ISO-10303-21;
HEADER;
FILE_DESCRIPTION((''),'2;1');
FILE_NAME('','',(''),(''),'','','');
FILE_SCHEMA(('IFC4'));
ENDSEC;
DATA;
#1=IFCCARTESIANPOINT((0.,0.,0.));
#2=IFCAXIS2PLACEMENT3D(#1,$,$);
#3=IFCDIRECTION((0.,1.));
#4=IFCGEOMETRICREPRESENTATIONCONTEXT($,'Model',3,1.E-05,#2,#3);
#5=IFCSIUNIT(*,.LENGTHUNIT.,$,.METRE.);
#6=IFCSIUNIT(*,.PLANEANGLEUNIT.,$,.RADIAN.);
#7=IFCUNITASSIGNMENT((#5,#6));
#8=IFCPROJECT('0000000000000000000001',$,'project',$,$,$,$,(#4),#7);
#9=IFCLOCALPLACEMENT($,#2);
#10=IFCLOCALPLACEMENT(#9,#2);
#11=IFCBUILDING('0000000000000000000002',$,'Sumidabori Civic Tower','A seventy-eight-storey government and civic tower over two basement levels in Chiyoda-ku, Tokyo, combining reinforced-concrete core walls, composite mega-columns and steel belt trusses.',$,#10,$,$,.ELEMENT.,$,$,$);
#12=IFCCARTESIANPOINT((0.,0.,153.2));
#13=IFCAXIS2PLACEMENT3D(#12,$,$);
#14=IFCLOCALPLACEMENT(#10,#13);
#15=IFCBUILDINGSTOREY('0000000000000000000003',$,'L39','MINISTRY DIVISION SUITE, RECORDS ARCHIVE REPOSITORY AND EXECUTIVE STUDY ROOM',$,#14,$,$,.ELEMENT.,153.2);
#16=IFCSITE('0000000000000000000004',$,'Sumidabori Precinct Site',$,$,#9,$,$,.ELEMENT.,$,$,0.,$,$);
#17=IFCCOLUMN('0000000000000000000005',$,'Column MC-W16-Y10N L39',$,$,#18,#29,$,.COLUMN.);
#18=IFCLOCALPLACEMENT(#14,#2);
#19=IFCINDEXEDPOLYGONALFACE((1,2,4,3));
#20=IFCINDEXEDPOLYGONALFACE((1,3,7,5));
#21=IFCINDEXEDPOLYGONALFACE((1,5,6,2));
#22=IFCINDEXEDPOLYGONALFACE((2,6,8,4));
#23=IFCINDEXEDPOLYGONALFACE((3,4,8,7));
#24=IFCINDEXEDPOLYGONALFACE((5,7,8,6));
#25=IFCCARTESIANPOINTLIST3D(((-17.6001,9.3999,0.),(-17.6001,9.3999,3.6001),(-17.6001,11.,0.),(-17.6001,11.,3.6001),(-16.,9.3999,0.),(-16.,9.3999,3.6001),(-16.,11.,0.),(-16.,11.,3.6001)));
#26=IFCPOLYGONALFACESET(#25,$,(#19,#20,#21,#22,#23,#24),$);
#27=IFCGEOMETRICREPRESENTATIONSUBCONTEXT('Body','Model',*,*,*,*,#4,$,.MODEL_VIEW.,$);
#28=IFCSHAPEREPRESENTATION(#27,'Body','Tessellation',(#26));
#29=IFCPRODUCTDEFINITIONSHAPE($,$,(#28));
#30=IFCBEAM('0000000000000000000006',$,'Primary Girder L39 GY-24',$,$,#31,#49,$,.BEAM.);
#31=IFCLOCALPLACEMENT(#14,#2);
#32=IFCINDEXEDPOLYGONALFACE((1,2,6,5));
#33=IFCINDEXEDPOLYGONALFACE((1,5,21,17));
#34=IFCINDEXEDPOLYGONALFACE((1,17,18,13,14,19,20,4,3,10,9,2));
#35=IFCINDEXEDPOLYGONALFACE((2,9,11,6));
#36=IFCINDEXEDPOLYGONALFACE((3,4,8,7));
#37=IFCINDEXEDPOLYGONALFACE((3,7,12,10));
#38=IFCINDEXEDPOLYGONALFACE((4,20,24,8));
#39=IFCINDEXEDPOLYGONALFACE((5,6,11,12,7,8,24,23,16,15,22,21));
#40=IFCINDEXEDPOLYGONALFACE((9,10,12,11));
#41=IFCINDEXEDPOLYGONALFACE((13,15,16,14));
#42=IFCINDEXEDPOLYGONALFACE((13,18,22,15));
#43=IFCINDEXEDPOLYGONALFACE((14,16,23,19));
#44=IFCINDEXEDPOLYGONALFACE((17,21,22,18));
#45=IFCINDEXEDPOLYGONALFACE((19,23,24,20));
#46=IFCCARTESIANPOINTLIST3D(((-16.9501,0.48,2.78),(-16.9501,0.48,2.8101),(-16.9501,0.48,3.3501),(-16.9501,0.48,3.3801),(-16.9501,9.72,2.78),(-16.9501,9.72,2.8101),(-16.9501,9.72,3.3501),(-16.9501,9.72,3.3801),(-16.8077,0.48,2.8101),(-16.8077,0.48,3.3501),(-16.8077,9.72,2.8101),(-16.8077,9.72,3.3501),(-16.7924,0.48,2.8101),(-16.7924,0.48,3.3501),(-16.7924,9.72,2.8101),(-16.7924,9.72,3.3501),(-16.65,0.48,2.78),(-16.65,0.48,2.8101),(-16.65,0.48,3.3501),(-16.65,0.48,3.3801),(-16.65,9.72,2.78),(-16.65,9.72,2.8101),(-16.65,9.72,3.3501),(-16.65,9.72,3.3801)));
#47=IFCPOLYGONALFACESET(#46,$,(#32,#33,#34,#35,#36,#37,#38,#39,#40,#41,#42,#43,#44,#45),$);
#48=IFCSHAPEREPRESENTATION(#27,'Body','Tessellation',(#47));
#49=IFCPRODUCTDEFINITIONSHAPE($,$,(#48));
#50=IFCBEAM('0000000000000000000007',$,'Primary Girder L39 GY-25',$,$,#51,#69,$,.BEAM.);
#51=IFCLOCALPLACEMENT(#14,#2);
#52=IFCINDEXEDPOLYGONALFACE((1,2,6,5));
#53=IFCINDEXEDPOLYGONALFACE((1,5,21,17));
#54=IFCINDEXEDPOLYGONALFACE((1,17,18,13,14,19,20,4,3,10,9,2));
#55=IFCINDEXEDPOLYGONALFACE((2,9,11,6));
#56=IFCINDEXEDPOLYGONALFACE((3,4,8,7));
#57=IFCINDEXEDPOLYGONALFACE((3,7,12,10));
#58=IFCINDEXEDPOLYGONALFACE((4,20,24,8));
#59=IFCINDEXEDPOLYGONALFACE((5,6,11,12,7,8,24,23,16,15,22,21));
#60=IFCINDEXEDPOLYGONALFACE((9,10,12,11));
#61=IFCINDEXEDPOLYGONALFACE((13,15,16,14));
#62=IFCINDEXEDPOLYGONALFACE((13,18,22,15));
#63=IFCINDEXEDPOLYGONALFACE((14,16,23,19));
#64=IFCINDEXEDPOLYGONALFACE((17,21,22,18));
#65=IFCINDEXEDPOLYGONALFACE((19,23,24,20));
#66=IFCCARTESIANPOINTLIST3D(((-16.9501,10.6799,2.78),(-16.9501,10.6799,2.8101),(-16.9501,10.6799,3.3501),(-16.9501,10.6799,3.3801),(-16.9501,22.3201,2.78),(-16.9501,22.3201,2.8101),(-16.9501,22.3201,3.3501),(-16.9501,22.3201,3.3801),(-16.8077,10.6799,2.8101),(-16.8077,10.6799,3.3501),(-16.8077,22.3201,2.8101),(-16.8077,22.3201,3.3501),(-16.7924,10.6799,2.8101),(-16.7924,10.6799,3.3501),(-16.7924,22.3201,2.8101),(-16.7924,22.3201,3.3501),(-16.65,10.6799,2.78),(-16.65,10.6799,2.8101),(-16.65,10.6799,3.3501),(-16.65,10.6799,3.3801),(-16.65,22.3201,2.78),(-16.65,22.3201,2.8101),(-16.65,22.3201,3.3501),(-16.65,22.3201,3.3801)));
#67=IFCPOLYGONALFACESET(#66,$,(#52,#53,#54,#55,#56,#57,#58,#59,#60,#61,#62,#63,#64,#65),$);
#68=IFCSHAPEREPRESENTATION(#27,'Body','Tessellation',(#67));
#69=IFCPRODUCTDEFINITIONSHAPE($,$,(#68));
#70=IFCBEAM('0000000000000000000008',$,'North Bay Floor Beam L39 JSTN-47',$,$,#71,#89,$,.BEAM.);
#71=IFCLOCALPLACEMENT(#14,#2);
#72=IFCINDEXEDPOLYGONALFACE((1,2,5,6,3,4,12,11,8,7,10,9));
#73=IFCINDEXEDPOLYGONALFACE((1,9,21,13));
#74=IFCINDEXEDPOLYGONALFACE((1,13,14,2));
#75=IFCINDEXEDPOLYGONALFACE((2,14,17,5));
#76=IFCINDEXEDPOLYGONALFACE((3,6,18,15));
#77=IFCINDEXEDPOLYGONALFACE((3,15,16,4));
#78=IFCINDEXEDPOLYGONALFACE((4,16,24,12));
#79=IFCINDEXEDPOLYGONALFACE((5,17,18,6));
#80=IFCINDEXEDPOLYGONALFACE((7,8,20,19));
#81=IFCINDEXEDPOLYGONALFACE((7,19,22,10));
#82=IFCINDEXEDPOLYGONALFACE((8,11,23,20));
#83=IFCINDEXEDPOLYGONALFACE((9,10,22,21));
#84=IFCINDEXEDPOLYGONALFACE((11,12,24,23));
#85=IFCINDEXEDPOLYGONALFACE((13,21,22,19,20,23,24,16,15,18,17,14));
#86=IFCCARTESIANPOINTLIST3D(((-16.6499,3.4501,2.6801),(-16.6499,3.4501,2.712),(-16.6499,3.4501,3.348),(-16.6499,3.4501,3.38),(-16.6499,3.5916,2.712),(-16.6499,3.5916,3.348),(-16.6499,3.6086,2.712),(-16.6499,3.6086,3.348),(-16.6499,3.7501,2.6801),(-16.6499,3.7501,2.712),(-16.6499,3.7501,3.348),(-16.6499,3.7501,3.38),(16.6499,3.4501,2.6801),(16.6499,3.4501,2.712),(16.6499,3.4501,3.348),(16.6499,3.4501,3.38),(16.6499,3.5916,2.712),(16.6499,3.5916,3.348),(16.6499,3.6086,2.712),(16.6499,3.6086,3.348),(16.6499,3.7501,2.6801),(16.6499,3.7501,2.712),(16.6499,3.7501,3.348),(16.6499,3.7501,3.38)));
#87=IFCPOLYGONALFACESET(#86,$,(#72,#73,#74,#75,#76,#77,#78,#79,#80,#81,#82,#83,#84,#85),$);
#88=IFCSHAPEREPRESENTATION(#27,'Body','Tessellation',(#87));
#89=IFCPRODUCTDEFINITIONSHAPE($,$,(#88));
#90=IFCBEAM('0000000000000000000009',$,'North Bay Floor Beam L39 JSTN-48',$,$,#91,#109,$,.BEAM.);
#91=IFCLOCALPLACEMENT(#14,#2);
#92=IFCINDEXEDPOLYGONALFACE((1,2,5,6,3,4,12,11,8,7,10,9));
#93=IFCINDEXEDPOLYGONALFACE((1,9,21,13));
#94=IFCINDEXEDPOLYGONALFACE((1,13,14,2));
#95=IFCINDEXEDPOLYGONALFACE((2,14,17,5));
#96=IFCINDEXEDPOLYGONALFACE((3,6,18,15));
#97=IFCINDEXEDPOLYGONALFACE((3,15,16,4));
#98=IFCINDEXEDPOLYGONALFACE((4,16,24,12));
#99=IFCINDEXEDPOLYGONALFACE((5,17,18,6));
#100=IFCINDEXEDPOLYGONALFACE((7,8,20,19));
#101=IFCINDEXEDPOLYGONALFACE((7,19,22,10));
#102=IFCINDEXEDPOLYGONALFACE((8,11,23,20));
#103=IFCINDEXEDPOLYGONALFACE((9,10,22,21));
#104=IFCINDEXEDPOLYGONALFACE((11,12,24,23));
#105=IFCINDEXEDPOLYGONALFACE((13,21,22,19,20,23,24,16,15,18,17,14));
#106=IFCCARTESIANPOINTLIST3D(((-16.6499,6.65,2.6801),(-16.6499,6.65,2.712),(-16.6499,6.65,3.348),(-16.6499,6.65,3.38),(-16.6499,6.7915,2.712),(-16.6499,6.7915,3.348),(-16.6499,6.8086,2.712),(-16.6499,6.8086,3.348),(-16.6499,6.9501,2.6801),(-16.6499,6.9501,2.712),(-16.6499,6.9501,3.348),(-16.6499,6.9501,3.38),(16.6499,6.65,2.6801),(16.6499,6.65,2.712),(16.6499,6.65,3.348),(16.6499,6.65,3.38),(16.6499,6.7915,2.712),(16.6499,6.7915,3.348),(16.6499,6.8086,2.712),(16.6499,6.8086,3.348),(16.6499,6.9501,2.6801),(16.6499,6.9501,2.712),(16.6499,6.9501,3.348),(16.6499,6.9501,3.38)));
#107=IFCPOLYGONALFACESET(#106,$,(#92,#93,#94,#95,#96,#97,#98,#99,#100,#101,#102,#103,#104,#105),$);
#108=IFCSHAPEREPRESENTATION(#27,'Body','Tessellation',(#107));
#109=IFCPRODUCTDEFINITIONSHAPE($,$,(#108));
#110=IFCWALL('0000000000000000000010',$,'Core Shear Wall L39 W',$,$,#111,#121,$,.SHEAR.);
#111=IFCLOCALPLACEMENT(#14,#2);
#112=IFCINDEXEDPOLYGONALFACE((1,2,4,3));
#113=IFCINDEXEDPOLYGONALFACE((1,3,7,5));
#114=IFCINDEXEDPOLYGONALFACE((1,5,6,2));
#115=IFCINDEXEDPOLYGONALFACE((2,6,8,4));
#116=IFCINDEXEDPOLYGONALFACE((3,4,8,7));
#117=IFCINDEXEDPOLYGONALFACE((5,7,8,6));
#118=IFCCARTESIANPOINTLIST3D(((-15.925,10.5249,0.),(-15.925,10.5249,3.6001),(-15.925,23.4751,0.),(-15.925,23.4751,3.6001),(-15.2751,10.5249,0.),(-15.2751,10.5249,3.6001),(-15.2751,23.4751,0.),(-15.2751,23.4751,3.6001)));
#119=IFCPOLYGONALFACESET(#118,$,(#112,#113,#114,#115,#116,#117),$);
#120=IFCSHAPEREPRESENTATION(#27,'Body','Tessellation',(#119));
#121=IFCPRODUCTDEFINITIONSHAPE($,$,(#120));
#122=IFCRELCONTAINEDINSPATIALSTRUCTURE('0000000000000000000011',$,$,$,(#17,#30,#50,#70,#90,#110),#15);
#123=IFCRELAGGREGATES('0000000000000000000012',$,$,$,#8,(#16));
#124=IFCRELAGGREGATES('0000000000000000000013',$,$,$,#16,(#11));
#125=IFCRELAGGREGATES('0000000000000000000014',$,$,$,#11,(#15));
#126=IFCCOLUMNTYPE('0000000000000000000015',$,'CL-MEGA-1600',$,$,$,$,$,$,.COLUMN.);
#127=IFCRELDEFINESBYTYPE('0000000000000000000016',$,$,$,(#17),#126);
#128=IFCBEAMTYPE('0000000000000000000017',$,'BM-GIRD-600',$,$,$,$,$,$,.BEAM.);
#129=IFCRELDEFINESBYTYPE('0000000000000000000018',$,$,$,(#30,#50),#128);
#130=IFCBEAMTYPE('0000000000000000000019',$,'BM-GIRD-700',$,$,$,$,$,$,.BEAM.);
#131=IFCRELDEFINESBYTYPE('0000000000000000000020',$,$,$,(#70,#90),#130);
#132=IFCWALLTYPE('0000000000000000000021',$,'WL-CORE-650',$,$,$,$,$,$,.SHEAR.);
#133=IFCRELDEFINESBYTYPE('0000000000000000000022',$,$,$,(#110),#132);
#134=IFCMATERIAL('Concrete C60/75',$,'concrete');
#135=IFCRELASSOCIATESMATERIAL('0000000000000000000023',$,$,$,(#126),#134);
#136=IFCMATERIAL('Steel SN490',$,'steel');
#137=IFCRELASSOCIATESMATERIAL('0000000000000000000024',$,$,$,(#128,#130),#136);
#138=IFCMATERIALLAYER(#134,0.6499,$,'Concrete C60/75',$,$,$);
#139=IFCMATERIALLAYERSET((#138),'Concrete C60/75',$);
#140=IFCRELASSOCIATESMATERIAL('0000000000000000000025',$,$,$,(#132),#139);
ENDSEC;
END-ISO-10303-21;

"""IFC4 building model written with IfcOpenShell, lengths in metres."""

from ifc_helpers import new_model, si_unit, direction, frame, frame_2d, origin, origin_2d, place, context, subcontext, project, spatial, rectangle, i_section, extrude, source, transform, mapped, material, layer, layer_set, material_profile, profile_set, type_object, element, save


model = new_model("IFC4")

# Units and contexts
model_context = context("Model", 3, precision=1e-05, world=origin(), true_north=direction((0.0, 1.0)))
body_context = subcontext(model_context, "Body", "Model", "MODEL_VIEW")
ifc_project = project(units=[si_unit("LENGTHUNIT", "METRE"), si_unit("PLANEANGLEUNIT", "RADIAN")], contexts=[model_context])

# Site, building, storey
site_placement = place(None, origin())
site = spatial("IfcSite", under=ifc_project, at=site_placement, Name="Sumidabori Precinct Site", CompositionType="ELEMENT", RefElevation=0.0)
building_placement = place(site_placement, origin())
building = spatial("IfcBuilding", under=site, at=building_placement, Name="Sumidabori Civic Tower", Description="A seventy-eight-storey government and civic tower over two basement levels in Chiyoda-ku, Tokyo, combining reinforced-concrete core walls, composite mega-columns and steel belt trusses.", CompositionType="ELEMENT")
storey_placement = place(building_placement, frame((0.0, 0.0, 153.2)))
storey = spatial("IfcBuildingStorey", under=building, at=storey_placement, Name="L39", Description="MINISTRY DIVISION SUITE, RECORDS ARCHIVE REPOSITORY AND EXECUTIVE STUDY ROOM", CompositionType="ELEMENT", Elevation=153.2)

# Column
ifc_material_1 = material(Name="Concrete C60/75", Category="concrete")
ifc_material_profile_1 = material_profile(ifc_material_1, rectangle(XDim=1.6001, YDim=1.6001, at=origin_2d()), Name="RC 1600x1600")
ifc_profile_set_1 = profile_set([ifc_material_profile_1], Name="Concrete C60/75")
column_type = type_object("IfcColumnType", Name="CL-MEGA-1600", PredefinedType="COLUMN", material=ifc_profile_set_1)
shared_shape_1 = source(origin(), body_context, "Body", "SweptSolid", [
    extrude(rectangle(XDim=1.6001, YDim=1.6001, at=origin_2d()), origin(), (0.0, 0.0, 1.0), 3.6001),
])
column_placement = place(storey_placement, frame((-16.8, 10.2, 0.0), z_axis=(0.0, 0.0, 1.0), x_axis=(1.0, 0.0, 0.0)))
element("IfcColumn", 1, at=column_placement, inside=storey, type_object=column_type, Name="Column MC-W16-Y10N L39", PredefinedType="COLUMN", context=body_context, shape_type="MappedRepresentation", body=[
    mapped(shared_shape_1, transform((0.0, 0.0, 0.0), x_axis=(1.0, 0.0, 0.0), y_axis=(0.0, 1.0, 0.0), z_axis=(0.0, 0.0, 1.0), scale=1.0)),
])

# Beams
ifc_material_2 = material(Name="Steel SN490", Category="steel")
ifc_material_profile_2 = material_profile(ifc_material_2, i_section(OverallWidth=0.3, OverallDepth=0.6001, WebThickness=0.0154, FlangeThickness=0.03, at=origin_2d()), Name="HE 600 B")
ifc_profile_set_2 = profile_set([ifc_material_profile_2], Name="Steel SN490")
beam_type_1 = type_object("IfcBeamType", Name="BM-GIRD-600", PredefinedType="BEAM", material=ifc_profile_set_2)
shared_shape_2 = source(origin(), body_context, "Body", "SweptSolid", [
    extrude(i_section(OverallWidth=0.3, OverallDepth=0.6001, WebThickness=0.0154, FlangeThickness=0.03, at=origin_2d()), origin(), (0.0, 0.0, 1.0), 9.24),
])
beam_1_placement = place(storey_placement, frame((-16.8, 0.48, 3.0801), z_axis=(0.0, 1.0, 0.0), x_axis=(-1.0, 0.0, 0.0)))
element("IfcBeam", 2, at=beam_1_placement, inside=storey, type_object=beam_type_1, Name="Primary Girder L39 GY-24", PredefinedType="BEAM", context=body_context, shape_type="MappedRepresentation", body=[
    mapped(shared_shape_2, transform((0.0, 0.0, 0.0), x_axis=(1.0, 0.0, 0.0), y_axis=(0.0, 1.0, 0.0), z_axis=(0.0, 0.0, 1.0), scale=1.0)),
])
shared_shape_3 = source(origin(), body_context, "Body", "SweptSolid", [
    extrude(i_section(OverallWidth=0.3, OverallDepth=0.6001, WebThickness=0.0154, FlangeThickness=0.03, at=origin_2d()), origin(), (0.0, 0.0, 1.0), 11.6401),
])
beam_2_placement = place(storey_placement, frame((-16.8, 10.6799, 3.0801), z_axis=(0.0, 1.0, 0.0), x_axis=(-1.0, 0.0, 0.0)))
element("IfcBeam", 3, at=beam_2_placement, inside=storey, type_object=beam_type_1, Name="Primary Girder L39 GY-25", PredefinedType="BEAM", context=body_context, shape_type="MappedRepresentation", body=[
    mapped(shared_shape_3, transform((0.0, 0.0, 0.0), x_axis=(1.0, 0.0, 0.0), y_axis=(0.0, 1.0, 0.0), z_axis=(0.0, 0.0, 1.0), scale=1.0)),
])
ifc_material_profile_3 = material_profile(ifc_material_2, i_section(OverallWidth=0.3, OverallDepth=0.7, WebThickness=0.0171, FlangeThickness=0.032, at=origin_2d()), Name="HE 700 B")
ifc_profile_set_3 = profile_set([ifc_material_profile_3], Name="Steel SN490")
beam_type_2 = type_object("IfcBeamType", Name="BM-GIRD-700", PredefinedType="BEAM", material=ifc_profile_set_3)
shared_shape_4 = source(origin(), body_context, "Body", "SweptSolid", [
    extrude(i_section(OverallWidth=0.3, OverallDepth=0.7, WebThickness=0.0171, FlangeThickness=0.032, at=origin_2d()), origin(), (0.0, 0.0, 1.0), 33.2998),
])
for number, where, z_axis, x_axis, name in (
    (4, (-16.6499, 3.6001, 3.03), (1.0, 0.0, 0.0), (0.0, 1.0, 0.0), "North Bay Floor Beam L39 JSTN-47"),
    (5, (-16.6499, 6.8, 3.03), (1.0, 0.0, 0.0), (0.0, 1.0, 0.0), "North Bay Floor Beam L39 JSTN-48"),
):
    element("IfcBeam", number, at=place(storey_placement, frame(where, z_axis=z_axis, x_axis=x_axis)), inside=storey, type_object=beam_type_2, Name=name, PredefinedType="BEAM", context=body_context, shape_type="MappedRepresentation", body=[
        mapped(shared_shape_4, transform((0.0, 0.0, 0.0), x_axis=(1.0, 0.0, 0.0), y_axis=(0.0, 1.0, 0.0), z_axis=(0.0, 0.0, 1.0), scale=1.0)),
    ])

# Shared definitions
ifc_layer_1 = layer(ifc_material_1, 0.6499, Name="Concrete C60/75")
ifc_layer_set_1 = layer_set([ifc_layer_1], Name="Concrete C60/75")
wall_type_1 = type_object("IfcWallType", Name="WL-CORE-650", PredefinedType="SHEAR", material=ifc_layer_set_1)

# Wall
shared_shape_5 = source(origin(), body_context, "Body", "SweptSolid", [
    extrude(rectangle(XDim=12.9502, YDim=0.6499, at=frame_2d((6.4751, 0.0))), origin(), (0.0, 0.0, 1.0), 3.6001),
])
wall_1_placement = place(storey_placement, frame((-15.6001, 10.5249, 0.0), z_axis=(0.0, 0.0, 1.0), x_axis=(0.0, 1.0, 0.0)))
element("IfcWall", 6, at=wall_1_placement, inside=storey, type_object=wall_type_1, Name="Core Shear Wall L39 W", PredefinedType="SHEAR", context=body_context, shape_type="MappedRepresentation", body=[
    mapped(shared_shape_5, transform((0.0, 0.0, 0.0), x_axis=(1.0, 0.0, 0.0), y_axis=(0.0, 1.0, 0.0), z_axis=(0.0, 0.0, 1.0), scale=1.0)),
])

save(model, "model.ifc")
